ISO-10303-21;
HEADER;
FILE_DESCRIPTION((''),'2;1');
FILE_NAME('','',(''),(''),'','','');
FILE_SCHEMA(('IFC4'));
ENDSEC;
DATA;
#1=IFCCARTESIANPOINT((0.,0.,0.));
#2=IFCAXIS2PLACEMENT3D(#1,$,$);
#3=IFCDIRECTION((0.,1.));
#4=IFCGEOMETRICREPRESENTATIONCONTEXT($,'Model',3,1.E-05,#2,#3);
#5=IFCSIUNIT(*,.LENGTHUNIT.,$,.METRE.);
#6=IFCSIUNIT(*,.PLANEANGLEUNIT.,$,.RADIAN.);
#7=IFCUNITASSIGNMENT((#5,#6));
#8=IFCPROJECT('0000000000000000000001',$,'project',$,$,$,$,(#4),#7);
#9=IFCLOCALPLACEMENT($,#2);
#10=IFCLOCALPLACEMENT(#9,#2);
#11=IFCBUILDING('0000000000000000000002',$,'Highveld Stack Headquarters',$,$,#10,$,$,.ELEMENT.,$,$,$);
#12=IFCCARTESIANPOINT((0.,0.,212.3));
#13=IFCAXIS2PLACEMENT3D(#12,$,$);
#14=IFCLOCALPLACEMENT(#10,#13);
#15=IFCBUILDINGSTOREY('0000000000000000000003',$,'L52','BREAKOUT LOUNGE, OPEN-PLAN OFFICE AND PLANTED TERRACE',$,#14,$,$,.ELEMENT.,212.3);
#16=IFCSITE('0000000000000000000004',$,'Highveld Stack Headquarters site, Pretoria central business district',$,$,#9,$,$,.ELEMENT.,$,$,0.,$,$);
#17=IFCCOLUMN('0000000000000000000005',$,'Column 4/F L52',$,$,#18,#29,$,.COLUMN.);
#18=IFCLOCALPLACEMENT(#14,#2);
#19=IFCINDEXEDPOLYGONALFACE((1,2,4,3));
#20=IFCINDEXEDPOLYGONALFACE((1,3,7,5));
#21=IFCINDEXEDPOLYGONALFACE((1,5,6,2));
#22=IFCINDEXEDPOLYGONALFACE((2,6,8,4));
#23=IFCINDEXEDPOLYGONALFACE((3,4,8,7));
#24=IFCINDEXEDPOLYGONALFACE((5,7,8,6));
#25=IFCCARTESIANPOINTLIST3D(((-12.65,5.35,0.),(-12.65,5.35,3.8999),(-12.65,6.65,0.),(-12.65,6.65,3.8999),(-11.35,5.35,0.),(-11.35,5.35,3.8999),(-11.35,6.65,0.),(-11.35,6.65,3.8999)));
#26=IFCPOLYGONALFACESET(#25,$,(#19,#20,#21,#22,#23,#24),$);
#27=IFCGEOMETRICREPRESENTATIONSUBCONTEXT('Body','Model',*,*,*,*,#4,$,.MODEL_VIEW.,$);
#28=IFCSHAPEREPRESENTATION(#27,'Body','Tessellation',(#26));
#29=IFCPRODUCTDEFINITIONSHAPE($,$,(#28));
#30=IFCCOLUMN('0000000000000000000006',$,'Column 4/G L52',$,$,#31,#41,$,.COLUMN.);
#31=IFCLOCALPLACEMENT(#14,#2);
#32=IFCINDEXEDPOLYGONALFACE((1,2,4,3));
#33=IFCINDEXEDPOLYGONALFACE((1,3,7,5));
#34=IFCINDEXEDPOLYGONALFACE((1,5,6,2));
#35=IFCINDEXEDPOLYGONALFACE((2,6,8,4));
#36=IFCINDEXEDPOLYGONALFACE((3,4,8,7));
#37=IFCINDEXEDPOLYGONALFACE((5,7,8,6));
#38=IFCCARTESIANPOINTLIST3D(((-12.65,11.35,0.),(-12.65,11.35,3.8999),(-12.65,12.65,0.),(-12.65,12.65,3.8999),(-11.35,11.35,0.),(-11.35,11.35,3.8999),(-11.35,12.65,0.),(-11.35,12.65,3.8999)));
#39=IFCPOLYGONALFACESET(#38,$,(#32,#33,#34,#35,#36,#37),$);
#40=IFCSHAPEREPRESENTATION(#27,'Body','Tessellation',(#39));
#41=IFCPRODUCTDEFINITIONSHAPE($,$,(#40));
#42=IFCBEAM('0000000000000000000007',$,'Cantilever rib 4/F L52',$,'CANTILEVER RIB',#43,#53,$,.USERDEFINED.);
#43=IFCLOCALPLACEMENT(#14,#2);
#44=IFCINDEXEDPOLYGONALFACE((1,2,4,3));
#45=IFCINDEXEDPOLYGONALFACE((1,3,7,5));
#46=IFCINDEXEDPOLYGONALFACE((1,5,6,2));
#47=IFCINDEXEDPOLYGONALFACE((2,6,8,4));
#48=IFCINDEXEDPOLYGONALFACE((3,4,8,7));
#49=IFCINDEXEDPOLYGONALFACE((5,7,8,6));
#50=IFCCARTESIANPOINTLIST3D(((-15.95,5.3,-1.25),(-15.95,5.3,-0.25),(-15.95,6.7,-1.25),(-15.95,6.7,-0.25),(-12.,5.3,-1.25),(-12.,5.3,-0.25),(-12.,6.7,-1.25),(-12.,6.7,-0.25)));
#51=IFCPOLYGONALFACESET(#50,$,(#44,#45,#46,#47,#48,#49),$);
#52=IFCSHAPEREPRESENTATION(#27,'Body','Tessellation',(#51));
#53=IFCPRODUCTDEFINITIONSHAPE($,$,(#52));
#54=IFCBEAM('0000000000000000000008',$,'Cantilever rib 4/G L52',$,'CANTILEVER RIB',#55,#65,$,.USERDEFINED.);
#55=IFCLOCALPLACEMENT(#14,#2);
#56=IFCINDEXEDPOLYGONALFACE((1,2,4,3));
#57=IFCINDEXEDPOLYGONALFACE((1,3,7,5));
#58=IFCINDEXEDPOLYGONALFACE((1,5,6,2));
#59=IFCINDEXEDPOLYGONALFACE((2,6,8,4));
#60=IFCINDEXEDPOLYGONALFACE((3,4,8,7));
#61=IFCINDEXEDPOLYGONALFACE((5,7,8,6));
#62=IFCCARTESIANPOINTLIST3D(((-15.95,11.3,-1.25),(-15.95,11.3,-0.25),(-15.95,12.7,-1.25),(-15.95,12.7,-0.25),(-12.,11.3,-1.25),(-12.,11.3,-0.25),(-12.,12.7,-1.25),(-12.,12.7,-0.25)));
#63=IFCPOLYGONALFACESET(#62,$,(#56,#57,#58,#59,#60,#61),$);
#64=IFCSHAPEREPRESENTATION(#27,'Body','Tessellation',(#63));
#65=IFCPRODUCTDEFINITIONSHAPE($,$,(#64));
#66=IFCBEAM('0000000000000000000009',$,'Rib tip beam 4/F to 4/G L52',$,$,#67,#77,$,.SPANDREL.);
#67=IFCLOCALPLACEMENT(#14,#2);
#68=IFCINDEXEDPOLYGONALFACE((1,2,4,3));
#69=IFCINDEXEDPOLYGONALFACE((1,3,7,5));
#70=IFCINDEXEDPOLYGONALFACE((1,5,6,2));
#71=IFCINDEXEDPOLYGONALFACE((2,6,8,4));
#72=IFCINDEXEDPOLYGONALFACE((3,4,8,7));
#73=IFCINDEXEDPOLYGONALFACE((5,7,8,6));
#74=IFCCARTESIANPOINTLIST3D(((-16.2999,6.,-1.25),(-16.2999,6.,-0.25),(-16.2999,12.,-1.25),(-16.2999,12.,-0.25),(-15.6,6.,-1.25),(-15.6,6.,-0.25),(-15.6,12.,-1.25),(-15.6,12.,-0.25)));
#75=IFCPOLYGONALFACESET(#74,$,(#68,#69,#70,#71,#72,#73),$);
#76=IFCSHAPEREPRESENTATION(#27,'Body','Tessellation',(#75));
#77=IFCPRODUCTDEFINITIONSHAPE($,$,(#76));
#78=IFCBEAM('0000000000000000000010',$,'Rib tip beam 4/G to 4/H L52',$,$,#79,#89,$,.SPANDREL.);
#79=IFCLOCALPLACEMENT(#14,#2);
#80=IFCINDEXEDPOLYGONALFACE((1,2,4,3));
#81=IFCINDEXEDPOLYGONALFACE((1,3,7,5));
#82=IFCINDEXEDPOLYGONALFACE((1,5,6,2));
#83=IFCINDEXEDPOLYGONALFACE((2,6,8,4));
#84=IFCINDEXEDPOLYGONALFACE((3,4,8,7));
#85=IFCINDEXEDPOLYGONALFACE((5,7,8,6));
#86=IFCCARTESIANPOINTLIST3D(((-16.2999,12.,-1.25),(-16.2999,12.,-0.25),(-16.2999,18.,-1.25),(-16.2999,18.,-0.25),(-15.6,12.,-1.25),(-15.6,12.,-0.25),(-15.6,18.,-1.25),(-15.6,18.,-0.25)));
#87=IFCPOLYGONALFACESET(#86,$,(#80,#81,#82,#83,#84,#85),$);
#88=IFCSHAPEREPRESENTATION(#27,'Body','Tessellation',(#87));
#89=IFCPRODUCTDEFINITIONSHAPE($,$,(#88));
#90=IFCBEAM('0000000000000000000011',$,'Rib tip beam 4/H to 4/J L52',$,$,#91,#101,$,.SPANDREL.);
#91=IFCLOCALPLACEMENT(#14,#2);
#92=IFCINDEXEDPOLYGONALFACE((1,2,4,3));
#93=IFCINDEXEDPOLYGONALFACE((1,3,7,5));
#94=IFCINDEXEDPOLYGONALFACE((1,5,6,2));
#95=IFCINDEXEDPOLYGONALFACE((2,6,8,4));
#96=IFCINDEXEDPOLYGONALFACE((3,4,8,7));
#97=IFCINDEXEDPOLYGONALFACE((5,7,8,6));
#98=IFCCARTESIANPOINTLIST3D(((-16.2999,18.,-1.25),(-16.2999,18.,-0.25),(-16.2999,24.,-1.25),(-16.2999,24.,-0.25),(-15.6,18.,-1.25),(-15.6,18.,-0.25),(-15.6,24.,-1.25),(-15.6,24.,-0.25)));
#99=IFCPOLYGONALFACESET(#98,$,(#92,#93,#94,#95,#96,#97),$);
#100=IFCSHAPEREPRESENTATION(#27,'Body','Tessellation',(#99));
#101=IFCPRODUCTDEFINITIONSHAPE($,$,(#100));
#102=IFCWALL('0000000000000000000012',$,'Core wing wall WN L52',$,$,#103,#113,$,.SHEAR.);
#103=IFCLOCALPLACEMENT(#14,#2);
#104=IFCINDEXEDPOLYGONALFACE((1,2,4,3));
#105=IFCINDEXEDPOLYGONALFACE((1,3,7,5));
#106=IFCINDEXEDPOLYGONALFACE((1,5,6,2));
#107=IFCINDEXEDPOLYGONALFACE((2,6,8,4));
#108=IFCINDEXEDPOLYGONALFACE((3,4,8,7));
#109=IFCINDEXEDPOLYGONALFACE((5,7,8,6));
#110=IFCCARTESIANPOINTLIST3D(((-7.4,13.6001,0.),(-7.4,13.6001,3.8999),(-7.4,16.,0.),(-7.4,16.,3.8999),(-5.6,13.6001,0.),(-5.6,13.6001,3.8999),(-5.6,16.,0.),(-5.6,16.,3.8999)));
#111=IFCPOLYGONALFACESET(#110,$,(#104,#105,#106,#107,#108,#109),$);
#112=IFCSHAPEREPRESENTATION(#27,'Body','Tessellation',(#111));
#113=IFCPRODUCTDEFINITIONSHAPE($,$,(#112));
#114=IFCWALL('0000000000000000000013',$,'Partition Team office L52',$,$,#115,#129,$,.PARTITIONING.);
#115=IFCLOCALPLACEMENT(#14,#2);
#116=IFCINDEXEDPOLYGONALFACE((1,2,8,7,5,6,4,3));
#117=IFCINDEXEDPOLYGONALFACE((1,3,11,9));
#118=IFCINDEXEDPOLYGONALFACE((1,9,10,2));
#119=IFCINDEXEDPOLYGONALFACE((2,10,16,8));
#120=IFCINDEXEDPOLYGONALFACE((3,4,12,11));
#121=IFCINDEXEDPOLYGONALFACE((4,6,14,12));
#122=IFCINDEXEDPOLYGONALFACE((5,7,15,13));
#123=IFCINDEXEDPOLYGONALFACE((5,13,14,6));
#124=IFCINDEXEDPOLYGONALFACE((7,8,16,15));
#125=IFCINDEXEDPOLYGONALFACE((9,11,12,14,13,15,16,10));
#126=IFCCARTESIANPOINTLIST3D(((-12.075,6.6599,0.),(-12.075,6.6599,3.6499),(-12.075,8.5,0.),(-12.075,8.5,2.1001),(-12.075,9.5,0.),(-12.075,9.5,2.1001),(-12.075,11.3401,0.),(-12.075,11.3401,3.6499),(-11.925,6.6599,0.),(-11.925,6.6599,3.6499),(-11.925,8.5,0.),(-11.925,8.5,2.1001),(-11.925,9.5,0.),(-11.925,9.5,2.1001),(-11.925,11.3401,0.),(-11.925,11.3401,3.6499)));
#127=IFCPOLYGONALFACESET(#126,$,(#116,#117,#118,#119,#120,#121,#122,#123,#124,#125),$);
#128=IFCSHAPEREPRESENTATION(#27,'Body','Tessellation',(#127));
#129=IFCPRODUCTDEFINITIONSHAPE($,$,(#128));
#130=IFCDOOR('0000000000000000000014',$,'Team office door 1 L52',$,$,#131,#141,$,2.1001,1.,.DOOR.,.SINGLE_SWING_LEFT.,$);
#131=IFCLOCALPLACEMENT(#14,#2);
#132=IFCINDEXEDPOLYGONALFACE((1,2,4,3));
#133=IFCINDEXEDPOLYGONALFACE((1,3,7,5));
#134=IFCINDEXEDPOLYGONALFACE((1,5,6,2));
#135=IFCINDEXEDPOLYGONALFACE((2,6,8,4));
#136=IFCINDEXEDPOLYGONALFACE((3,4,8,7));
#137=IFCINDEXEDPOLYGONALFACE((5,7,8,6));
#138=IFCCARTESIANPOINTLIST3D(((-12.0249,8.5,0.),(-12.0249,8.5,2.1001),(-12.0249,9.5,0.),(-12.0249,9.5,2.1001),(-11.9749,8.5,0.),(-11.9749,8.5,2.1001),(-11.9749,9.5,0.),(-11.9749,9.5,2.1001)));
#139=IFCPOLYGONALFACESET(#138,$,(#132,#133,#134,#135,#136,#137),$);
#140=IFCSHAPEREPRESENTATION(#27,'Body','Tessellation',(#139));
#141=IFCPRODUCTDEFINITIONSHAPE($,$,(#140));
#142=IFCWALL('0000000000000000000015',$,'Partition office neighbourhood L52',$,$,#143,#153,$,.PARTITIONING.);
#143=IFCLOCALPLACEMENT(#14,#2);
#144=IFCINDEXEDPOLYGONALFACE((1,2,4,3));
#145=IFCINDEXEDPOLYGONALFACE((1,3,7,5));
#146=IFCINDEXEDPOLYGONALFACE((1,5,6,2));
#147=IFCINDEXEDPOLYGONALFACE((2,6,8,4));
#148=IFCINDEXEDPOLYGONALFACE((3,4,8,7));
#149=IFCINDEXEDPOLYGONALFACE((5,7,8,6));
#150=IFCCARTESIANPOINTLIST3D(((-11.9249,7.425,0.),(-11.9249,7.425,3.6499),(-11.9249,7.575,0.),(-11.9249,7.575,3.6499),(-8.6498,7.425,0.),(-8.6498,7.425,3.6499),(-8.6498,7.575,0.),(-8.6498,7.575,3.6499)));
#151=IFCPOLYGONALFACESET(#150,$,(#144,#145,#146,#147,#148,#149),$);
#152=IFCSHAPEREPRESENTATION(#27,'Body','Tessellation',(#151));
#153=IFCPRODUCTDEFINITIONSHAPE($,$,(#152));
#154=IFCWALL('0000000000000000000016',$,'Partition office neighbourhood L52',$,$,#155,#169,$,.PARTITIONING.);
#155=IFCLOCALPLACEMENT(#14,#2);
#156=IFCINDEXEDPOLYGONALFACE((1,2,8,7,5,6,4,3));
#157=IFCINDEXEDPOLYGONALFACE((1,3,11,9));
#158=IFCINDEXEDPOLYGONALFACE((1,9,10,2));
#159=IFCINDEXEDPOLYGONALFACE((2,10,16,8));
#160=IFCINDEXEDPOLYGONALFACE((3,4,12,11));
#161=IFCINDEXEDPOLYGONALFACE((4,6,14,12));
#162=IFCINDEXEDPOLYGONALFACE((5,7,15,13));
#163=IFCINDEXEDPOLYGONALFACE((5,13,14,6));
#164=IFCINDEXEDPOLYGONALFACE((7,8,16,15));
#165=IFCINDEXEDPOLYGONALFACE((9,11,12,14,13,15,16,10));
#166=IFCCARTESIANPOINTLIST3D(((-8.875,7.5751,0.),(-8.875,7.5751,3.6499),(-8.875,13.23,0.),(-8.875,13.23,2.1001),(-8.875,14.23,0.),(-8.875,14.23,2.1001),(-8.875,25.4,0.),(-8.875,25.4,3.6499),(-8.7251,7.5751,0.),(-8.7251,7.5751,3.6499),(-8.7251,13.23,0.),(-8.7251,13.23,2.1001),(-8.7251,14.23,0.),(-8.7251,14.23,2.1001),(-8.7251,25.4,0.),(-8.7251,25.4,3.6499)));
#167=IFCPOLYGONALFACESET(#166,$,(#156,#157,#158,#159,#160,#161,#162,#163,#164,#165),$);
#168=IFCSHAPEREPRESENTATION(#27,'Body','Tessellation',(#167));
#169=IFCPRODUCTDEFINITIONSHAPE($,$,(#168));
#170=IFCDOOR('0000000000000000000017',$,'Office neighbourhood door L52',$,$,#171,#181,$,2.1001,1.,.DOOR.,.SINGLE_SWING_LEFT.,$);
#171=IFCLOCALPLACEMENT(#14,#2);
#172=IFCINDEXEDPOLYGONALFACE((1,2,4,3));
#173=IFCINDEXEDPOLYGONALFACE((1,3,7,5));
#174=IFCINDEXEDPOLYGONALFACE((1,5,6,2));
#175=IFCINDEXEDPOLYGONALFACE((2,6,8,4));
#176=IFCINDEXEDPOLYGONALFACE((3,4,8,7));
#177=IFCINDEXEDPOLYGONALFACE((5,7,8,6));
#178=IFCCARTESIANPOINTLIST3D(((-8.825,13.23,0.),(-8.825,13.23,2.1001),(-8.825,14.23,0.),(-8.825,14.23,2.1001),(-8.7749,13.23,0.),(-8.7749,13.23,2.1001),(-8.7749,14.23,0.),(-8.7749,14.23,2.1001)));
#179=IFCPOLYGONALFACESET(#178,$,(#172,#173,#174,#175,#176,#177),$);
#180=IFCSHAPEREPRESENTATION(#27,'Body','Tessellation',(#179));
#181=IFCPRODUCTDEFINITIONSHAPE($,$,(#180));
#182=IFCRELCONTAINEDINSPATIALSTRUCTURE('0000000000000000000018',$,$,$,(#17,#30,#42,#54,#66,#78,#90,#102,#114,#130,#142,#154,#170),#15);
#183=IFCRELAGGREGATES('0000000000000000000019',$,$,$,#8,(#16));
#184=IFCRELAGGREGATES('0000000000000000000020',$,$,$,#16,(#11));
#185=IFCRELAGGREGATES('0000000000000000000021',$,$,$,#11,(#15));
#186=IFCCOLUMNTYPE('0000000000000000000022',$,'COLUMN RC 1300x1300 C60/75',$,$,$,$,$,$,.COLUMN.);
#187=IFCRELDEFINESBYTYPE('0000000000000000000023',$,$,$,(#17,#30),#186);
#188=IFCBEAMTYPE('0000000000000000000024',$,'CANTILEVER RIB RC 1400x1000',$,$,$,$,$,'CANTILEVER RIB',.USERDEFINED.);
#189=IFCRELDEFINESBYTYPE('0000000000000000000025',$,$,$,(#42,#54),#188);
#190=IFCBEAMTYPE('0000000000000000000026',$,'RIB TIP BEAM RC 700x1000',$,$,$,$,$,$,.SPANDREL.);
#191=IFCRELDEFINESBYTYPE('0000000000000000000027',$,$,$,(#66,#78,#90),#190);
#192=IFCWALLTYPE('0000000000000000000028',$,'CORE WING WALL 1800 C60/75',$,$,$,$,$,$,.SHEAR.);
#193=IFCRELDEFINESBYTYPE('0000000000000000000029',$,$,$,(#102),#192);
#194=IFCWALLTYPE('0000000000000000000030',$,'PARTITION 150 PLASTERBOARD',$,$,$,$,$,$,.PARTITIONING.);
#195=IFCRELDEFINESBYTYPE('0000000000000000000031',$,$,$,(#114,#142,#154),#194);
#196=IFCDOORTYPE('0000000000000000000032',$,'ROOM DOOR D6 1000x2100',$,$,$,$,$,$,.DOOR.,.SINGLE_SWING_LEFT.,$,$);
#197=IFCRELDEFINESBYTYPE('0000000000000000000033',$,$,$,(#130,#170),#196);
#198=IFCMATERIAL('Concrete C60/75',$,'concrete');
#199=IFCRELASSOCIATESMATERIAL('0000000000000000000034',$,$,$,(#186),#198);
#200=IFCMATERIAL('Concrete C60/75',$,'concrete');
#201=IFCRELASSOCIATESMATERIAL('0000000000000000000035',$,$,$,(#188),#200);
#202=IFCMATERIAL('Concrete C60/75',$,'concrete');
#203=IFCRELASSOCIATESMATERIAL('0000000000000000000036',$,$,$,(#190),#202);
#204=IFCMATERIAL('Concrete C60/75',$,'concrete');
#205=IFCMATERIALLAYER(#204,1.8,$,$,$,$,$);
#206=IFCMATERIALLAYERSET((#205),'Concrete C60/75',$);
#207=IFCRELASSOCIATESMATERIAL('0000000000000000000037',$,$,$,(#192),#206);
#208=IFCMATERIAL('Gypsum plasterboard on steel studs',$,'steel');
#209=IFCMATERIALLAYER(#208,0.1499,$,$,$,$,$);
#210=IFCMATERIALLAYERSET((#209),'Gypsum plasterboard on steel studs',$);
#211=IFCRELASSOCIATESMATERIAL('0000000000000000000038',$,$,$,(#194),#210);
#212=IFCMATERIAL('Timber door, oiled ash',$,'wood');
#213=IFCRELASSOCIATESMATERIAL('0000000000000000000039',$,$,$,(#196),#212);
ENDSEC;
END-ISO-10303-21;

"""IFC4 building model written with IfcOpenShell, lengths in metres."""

from ifc_helpers import new_model, si_unit, direction, frame, frame_2d, origin, origin_2d, place, context, subcontext, project, spatial, rectangle, extrude, material, layer, layer_set, material_profile, profile_set, type_object, element, fill, save


model = new_model("IFC4")

# Units and contexts
model_context = context("Model", 3, precision=1e-05, world=origin(), true_north=direction((0.0, 1.0)))
body_context = subcontext(model_context, "Body", "Model", "MODEL_VIEW")
ifc_project = project(units=[si_unit("LENGTHUNIT", "METRE"), si_unit("PLANEANGLEUNIT", "RADIAN")], contexts=[model_context])

# Site, building, storey
site_placement = place(None, origin())
site = spatial("IfcSite", under=ifc_project, at=site_placement, Name="Highveld Stack Headquarters site, Pretoria central business district", CompositionType="ELEMENT", RefElevation=0.0)
building_placement = place(site_placement, origin())
building = spatial("IfcBuilding", under=site, at=building_placement, Name="Highveld Stack Headquarters", CompositionType="ELEMENT")
storey_placement = place(building_placement, frame((0.0, 0.0, 212.3)))
storey = spatial("IfcBuildingStorey", under=building, at=storey_placement, Name="L52", Description="BREAKOUT LOUNGE, OPEN-PLAN OFFICE AND PLANTED TERRACE", CompositionType="ELEMENT", Elevation=212.3)

# Columns
ifc_material_1 = material(Name="Concrete C60/75", Category="concrete")
ifc_material_profile_1 = material_profile(ifc_material_1, rectangle(XDim=1.3, YDim=1.3, at=origin_2d()), Name="RC 1300x1300")
ifc_profile_set_1 = profile_set([ifc_material_profile_1], Name="Concrete C60/75")
column_type = type_object("IfcColumnType", Name="COLUMN RC 1300x1300 C60/75", PredefinedType="COLUMN", material=ifc_profile_set_1)
for number, where, z_axis, x_axis, name in (
    (1, (-12.0, 6.0, 0.0), (0.0, 0.0, 1.0), (1.0, 0.0, 0.0), "Column 4/F L52"),
    (2, (-12.0, 12.0, 0.0), (0.0, 0.0, 1.0), (1.0, 0.0, 0.0), "Column 4/G L52"),
):
    element("IfcColumn", number, at=place(storey_placement, frame(where, z_axis=z_axis, x_axis=x_axis)), inside=storey, type_object=column_type, Name=name, PredefinedType="COLUMN", context=body_context, shape_type="SweptSolid", body=[
        extrude(rectangle(XDim=1.3, YDim=1.3, at=origin_2d()), origin(), (0.0, 0.0, 1.0), 3.8999),
    ])

# Beams
ifc_material_2 = material(Name="Concrete C60/75", Category="concrete")
ifc_material_profile_2 = material_profile(ifc_material_2, rectangle(XDim=1.3999, YDim=1.0, at=origin_2d()), Name="RC 1400x1000")
ifc_profile_set_2 = profile_set([ifc_material_profile_2], Name="Concrete C60/75")
beam_type_1 = type_object("IfcBeamType", Name="CANTILEVER RIB RC 1400x1000", ElementType="CANTILEVER RIB", PredefinedType="USERDEFINED", material=ifc_profile_set_2)
for number, where, z_axis, x_axis, name in (
    (3, (-12.0, 6.0, -0.75), (-1.0, 0.0, 0.0), (0.0, -1.0, 0.0), "Cantilever rib 4/F L52"),
    (4, (-12.0, 12.0, -0.75), (-1.0, 0.0, 0.0), (0.0, -1.0, 0.0), "Cantilever rib 4/G L52"),
):
    element("IfcBeam", number, at=place(storey_placement, frame(where, z_axis=z_axis, x_axis=x_axis)), inside=storey, type_object=beam_type_1, Name=name, ObjectType="CANTILEVER RIB", PredefinedType="USERDEFINED", context=body_context, shape_type="SweptSolid", body=[
        extrude(rectangle(XDim=1.3999, YDim=1.0, at=origin_2d()), origin(), (0.0, 0.0, 1.0), 3.95),
    ])
ifc_material_3 = material(Name="Concrete C60/75", Category="concrete")
ifc_material_profile_3 = material_profile(ifc_material_3, rectangle(XDim=0.7, YDim=1.0, at=origin_2d()), Name="RC 700x1000")
ifc_profile_set_3 = profile_set([ifc_material_profile_3], Name="Concrete C60/75")
beam_type_2 = type_object("IfcBeamType", Name="RIB TIP BEAM RC 700x1000", PredefinedType="SPANDREL", material=ifc_profile_set_3)
for number, where, z_axis, x_axis, name in (
    (5, (-15.95, 6.0, -0.75), (0.0, 1.0, 0.0), (-1.0, 0.0, 0.0), "Rib tip beam 4/F to 4/G L52"),
    (6, (-15.95, 12.0, -0.75), (0.0, 1.0, 0.0), (-1.0, 0.0, 0.0), "Rib tip beam 4/G to 4/H L52"),
    (7, (-15.95, 18.0, -0.75), (0.0, 1.0, 0.0), (-1.0, 0.0, 0.0), "Rib tip beam 4/H to 4/J L52"),
):
    element("IfcBeam", number, at=place(storey_placement, frame(where, z_axis=z_axis, x_axis=x_axis)), inside=storey, type_object=beam_type_2, Name=name, PredefinedType="SPANDREL", context=body_context, shape_type="SweptSolid", body=[
        extrude(rectangle(XDim=0.7, YDim=1.0, at=origin_2d()), origin(), (0.0, 0.0, 1.0), 6.0),
    ])

# Wall
ifc_material_4 = material(Name="Concrete C60/75", Category="concrete")
ifc_layer_1 = layer(ifc_material_4, 1.8)
ifc_layer_set_1 = layer_set([ifc_layer_1], Name="Concrete C60/75")
wall_type_1 = type_object("IfcWallType", Name="CORE WING WALL 1800 C60/75", PredefinedType="SHEAR", material=ifc_layer_set_1)
wall_1_placement = place(storey_placement, frame((-6.5, 13.6001, 0.0), z_axis=(0.0, 0.0, 1.0), x_axis=(0.0, 1.0, 0.0)))
element("IfcWall", 8, at=wall_1_placement, inside=storey, type_object=wall_type_1, Name="Core wing wall WN L52", PredefinedType="SHEAR", context=body_context, shape_type="SweptSolid", body=[
    extrude(rectangle(XDim=2.3999, YDim=1.8, at=frame_2d((1.2, 0.0))), origin(), (0.0, 0.0, 1.0), 3.8999),
])

# Wall, opening, door
ifc_material_5 = material(Name="Gypsum plasterboard on steel studs", Category="steel")
ifc_layer_2 = layer(ifc_material_5, 0.1499)
ifc_layer_set_2 = layer_set([ifc_layer_2], Name="Gypsum plasterboard on steel studs")
wall_type_2 = type_object("IfcWallType", Name="PARTITION 150 PLASTERBOARD", PredefinedType="PARTITIONING", material=ifc_layer_set_2)
wall_2_placement = place(storey_placement, frame((-12.0, 6.6599, 0.0), z_axis=(0.0, 0.0, 1.0), x_axis=(0.0, 1.0, 0.0)))
wall_2 = element("IfcWall", 9, at=wall_2_placement, inside=storey, type_object=wall_type_2, Name="Partition Team office L52", PredefinedType="PARTITIONING", context=body_context, shape_type="SweptSolid", body=[
    extrude(rectangle(XDim=4.6802, YDim=0.1499, at=frame_2d((2.3401, 0.0))), origin(), (0.0, 0.0, 1.0), 3.6499),
])
opening_1_placement = place(wall_2_placement, frame((1.8401, 0.0, 0.0)))
opening_1 = element("IfcOpeningElement", 10, at=opening_1_placement, cuts=wall_2, PredefinedType="OPENING", context=body_context, shape_type="SweptSolid", body=[
    extrude(rectangle(XDim=1.0, YDim=2.1001, at=frame_2d((0.5, 1.05))), frame((0.0, 0.085, 0.0), z_axis=(0.0, -1.0, 0.0), x_axis=(1.0, 0.0, 0.0)), (0.0, 0.0, 1.0), 0.1699),
])
ifc_material_6 = material(Name="Timber door, oiled ash", Category="wood")
door_type = type_object("IfcDoorType", Name="ROOM DOOR D6 1000x2100", OperationType="SINGLE_SWING_LEFT", PredefinedType="DOOR", material=ifc_material_6)
door_1_placement = place(opening_1_placement, origin())
door_1 = element("IfcDoor", 11, at=door_1_placement, inside=storey, type_object=door_type, Name="Team office door 1 L52", OperationType="SINGLE_SWING_LEFT", OverallHeight=2.1001, OverallWidth=1.0, PredefinedType="DOOR", context=body_context, shape_type="SweptSolid", body=[
    extrude(rectangle(XDim=1.0, YDim=2.1001, at=frame_2d((0.5, 1.05))), frame((0.0, 0.0249, 0.0), z_axis=(0.0, -1.0, 0.0), x_axis=(1.0, 0.0, 0.0)), (0.0, 0.0, 1.0), 0.05),
])
fill(opening_1, door_1)

# Wall
wall_3_placement = place(storey_placement, frame((-11.925, 7.5, 0.0), z_axis=(0.0, 0.0, 1.0), x_axis=(1.0, 0.0, 0.0)))
element("IfcWall", 12, at=wall_3_placement, inside=storey, type_object=wall_type_2, Name="Partition office neighbourhood L52", PredefinedType="PARTITIONING", context=body_context, shape_type="SweptSolid", body=[
    extrude(rectangle(XDim=3.2751, YDim=0.1499, at=frame_2d((1.6377, 0.0))), origin(), (0.0, 0.0, 1.0), 3.6499),
])

# Wall, opening, door
wall_4_placement = place(storey_placement, frame((-8.8, 7.575, 0.0), z_axis=(0.0, 0.0, 1.0), x_axis=(0.0, 1.0, 0.0)))
wall_4 = element("IfcWall", 13, at=wall_4_placement, inside=storey, type_object=wall_type_2, Name="Partition office neighbourhood L52", PredefinedType="PARTITIONING", context=body_context, shape_type="SweptSolid", body=[
    extrude(rectangle(XDim=17.825, YDim=0.1499, at=frame_2d((8.9126, 0.0))), origin(), (0.0, 0.0, 1.0), 3.6499),
])
opening_2_placement = place(wall_4_placement, frame((5.655, 0.0, 0.0)))
opening_2 = element("IfcOpeningElement", 14, at=opening_2_placement, cuts=wall_4, PredefinedType="OPENING", context=body_context, shape_type="SweptSolid", body=[
    extrude(rectangle(XDim=1.0, YDim=2.1001, at=frame_2d((0.5, 1.05))), frame((0.0, 0.085, 0.0), z_axis=(0.0, -1.0, 0.0), x_axis=(1.0, 0.0, 0.0)), (0.0, 0.0, 1.0), 0.1699),
])
door_2_placement = place(opening_2_placement, origin())
door_2 = element("IfcDoor", 15, at=door_2_placement, inside=storey, type_object=door_type, Name="Office neighbourhood door L52", OperationType="SINGLE_SWING_LEFT", OverallHeight=2.1001, OverallWidth=1.0, PredefinedType="DOOR", context=body_context, shape_type="SweptSolid", body=[
    extrude(rectangle(XDim=1.0, YDim=2.1001, at=frame_2d((0.5, 1.05))), frame((0.0, 0.0249, 0.0), z_axis=(0.0, -1.0, 0.0), x_axis=(1.0, 0.0, 0.0)), (0.0, 0.0, 1.0), 0.05),
])
fill(opening_2, door_2)

save(model, "model.ifc")
